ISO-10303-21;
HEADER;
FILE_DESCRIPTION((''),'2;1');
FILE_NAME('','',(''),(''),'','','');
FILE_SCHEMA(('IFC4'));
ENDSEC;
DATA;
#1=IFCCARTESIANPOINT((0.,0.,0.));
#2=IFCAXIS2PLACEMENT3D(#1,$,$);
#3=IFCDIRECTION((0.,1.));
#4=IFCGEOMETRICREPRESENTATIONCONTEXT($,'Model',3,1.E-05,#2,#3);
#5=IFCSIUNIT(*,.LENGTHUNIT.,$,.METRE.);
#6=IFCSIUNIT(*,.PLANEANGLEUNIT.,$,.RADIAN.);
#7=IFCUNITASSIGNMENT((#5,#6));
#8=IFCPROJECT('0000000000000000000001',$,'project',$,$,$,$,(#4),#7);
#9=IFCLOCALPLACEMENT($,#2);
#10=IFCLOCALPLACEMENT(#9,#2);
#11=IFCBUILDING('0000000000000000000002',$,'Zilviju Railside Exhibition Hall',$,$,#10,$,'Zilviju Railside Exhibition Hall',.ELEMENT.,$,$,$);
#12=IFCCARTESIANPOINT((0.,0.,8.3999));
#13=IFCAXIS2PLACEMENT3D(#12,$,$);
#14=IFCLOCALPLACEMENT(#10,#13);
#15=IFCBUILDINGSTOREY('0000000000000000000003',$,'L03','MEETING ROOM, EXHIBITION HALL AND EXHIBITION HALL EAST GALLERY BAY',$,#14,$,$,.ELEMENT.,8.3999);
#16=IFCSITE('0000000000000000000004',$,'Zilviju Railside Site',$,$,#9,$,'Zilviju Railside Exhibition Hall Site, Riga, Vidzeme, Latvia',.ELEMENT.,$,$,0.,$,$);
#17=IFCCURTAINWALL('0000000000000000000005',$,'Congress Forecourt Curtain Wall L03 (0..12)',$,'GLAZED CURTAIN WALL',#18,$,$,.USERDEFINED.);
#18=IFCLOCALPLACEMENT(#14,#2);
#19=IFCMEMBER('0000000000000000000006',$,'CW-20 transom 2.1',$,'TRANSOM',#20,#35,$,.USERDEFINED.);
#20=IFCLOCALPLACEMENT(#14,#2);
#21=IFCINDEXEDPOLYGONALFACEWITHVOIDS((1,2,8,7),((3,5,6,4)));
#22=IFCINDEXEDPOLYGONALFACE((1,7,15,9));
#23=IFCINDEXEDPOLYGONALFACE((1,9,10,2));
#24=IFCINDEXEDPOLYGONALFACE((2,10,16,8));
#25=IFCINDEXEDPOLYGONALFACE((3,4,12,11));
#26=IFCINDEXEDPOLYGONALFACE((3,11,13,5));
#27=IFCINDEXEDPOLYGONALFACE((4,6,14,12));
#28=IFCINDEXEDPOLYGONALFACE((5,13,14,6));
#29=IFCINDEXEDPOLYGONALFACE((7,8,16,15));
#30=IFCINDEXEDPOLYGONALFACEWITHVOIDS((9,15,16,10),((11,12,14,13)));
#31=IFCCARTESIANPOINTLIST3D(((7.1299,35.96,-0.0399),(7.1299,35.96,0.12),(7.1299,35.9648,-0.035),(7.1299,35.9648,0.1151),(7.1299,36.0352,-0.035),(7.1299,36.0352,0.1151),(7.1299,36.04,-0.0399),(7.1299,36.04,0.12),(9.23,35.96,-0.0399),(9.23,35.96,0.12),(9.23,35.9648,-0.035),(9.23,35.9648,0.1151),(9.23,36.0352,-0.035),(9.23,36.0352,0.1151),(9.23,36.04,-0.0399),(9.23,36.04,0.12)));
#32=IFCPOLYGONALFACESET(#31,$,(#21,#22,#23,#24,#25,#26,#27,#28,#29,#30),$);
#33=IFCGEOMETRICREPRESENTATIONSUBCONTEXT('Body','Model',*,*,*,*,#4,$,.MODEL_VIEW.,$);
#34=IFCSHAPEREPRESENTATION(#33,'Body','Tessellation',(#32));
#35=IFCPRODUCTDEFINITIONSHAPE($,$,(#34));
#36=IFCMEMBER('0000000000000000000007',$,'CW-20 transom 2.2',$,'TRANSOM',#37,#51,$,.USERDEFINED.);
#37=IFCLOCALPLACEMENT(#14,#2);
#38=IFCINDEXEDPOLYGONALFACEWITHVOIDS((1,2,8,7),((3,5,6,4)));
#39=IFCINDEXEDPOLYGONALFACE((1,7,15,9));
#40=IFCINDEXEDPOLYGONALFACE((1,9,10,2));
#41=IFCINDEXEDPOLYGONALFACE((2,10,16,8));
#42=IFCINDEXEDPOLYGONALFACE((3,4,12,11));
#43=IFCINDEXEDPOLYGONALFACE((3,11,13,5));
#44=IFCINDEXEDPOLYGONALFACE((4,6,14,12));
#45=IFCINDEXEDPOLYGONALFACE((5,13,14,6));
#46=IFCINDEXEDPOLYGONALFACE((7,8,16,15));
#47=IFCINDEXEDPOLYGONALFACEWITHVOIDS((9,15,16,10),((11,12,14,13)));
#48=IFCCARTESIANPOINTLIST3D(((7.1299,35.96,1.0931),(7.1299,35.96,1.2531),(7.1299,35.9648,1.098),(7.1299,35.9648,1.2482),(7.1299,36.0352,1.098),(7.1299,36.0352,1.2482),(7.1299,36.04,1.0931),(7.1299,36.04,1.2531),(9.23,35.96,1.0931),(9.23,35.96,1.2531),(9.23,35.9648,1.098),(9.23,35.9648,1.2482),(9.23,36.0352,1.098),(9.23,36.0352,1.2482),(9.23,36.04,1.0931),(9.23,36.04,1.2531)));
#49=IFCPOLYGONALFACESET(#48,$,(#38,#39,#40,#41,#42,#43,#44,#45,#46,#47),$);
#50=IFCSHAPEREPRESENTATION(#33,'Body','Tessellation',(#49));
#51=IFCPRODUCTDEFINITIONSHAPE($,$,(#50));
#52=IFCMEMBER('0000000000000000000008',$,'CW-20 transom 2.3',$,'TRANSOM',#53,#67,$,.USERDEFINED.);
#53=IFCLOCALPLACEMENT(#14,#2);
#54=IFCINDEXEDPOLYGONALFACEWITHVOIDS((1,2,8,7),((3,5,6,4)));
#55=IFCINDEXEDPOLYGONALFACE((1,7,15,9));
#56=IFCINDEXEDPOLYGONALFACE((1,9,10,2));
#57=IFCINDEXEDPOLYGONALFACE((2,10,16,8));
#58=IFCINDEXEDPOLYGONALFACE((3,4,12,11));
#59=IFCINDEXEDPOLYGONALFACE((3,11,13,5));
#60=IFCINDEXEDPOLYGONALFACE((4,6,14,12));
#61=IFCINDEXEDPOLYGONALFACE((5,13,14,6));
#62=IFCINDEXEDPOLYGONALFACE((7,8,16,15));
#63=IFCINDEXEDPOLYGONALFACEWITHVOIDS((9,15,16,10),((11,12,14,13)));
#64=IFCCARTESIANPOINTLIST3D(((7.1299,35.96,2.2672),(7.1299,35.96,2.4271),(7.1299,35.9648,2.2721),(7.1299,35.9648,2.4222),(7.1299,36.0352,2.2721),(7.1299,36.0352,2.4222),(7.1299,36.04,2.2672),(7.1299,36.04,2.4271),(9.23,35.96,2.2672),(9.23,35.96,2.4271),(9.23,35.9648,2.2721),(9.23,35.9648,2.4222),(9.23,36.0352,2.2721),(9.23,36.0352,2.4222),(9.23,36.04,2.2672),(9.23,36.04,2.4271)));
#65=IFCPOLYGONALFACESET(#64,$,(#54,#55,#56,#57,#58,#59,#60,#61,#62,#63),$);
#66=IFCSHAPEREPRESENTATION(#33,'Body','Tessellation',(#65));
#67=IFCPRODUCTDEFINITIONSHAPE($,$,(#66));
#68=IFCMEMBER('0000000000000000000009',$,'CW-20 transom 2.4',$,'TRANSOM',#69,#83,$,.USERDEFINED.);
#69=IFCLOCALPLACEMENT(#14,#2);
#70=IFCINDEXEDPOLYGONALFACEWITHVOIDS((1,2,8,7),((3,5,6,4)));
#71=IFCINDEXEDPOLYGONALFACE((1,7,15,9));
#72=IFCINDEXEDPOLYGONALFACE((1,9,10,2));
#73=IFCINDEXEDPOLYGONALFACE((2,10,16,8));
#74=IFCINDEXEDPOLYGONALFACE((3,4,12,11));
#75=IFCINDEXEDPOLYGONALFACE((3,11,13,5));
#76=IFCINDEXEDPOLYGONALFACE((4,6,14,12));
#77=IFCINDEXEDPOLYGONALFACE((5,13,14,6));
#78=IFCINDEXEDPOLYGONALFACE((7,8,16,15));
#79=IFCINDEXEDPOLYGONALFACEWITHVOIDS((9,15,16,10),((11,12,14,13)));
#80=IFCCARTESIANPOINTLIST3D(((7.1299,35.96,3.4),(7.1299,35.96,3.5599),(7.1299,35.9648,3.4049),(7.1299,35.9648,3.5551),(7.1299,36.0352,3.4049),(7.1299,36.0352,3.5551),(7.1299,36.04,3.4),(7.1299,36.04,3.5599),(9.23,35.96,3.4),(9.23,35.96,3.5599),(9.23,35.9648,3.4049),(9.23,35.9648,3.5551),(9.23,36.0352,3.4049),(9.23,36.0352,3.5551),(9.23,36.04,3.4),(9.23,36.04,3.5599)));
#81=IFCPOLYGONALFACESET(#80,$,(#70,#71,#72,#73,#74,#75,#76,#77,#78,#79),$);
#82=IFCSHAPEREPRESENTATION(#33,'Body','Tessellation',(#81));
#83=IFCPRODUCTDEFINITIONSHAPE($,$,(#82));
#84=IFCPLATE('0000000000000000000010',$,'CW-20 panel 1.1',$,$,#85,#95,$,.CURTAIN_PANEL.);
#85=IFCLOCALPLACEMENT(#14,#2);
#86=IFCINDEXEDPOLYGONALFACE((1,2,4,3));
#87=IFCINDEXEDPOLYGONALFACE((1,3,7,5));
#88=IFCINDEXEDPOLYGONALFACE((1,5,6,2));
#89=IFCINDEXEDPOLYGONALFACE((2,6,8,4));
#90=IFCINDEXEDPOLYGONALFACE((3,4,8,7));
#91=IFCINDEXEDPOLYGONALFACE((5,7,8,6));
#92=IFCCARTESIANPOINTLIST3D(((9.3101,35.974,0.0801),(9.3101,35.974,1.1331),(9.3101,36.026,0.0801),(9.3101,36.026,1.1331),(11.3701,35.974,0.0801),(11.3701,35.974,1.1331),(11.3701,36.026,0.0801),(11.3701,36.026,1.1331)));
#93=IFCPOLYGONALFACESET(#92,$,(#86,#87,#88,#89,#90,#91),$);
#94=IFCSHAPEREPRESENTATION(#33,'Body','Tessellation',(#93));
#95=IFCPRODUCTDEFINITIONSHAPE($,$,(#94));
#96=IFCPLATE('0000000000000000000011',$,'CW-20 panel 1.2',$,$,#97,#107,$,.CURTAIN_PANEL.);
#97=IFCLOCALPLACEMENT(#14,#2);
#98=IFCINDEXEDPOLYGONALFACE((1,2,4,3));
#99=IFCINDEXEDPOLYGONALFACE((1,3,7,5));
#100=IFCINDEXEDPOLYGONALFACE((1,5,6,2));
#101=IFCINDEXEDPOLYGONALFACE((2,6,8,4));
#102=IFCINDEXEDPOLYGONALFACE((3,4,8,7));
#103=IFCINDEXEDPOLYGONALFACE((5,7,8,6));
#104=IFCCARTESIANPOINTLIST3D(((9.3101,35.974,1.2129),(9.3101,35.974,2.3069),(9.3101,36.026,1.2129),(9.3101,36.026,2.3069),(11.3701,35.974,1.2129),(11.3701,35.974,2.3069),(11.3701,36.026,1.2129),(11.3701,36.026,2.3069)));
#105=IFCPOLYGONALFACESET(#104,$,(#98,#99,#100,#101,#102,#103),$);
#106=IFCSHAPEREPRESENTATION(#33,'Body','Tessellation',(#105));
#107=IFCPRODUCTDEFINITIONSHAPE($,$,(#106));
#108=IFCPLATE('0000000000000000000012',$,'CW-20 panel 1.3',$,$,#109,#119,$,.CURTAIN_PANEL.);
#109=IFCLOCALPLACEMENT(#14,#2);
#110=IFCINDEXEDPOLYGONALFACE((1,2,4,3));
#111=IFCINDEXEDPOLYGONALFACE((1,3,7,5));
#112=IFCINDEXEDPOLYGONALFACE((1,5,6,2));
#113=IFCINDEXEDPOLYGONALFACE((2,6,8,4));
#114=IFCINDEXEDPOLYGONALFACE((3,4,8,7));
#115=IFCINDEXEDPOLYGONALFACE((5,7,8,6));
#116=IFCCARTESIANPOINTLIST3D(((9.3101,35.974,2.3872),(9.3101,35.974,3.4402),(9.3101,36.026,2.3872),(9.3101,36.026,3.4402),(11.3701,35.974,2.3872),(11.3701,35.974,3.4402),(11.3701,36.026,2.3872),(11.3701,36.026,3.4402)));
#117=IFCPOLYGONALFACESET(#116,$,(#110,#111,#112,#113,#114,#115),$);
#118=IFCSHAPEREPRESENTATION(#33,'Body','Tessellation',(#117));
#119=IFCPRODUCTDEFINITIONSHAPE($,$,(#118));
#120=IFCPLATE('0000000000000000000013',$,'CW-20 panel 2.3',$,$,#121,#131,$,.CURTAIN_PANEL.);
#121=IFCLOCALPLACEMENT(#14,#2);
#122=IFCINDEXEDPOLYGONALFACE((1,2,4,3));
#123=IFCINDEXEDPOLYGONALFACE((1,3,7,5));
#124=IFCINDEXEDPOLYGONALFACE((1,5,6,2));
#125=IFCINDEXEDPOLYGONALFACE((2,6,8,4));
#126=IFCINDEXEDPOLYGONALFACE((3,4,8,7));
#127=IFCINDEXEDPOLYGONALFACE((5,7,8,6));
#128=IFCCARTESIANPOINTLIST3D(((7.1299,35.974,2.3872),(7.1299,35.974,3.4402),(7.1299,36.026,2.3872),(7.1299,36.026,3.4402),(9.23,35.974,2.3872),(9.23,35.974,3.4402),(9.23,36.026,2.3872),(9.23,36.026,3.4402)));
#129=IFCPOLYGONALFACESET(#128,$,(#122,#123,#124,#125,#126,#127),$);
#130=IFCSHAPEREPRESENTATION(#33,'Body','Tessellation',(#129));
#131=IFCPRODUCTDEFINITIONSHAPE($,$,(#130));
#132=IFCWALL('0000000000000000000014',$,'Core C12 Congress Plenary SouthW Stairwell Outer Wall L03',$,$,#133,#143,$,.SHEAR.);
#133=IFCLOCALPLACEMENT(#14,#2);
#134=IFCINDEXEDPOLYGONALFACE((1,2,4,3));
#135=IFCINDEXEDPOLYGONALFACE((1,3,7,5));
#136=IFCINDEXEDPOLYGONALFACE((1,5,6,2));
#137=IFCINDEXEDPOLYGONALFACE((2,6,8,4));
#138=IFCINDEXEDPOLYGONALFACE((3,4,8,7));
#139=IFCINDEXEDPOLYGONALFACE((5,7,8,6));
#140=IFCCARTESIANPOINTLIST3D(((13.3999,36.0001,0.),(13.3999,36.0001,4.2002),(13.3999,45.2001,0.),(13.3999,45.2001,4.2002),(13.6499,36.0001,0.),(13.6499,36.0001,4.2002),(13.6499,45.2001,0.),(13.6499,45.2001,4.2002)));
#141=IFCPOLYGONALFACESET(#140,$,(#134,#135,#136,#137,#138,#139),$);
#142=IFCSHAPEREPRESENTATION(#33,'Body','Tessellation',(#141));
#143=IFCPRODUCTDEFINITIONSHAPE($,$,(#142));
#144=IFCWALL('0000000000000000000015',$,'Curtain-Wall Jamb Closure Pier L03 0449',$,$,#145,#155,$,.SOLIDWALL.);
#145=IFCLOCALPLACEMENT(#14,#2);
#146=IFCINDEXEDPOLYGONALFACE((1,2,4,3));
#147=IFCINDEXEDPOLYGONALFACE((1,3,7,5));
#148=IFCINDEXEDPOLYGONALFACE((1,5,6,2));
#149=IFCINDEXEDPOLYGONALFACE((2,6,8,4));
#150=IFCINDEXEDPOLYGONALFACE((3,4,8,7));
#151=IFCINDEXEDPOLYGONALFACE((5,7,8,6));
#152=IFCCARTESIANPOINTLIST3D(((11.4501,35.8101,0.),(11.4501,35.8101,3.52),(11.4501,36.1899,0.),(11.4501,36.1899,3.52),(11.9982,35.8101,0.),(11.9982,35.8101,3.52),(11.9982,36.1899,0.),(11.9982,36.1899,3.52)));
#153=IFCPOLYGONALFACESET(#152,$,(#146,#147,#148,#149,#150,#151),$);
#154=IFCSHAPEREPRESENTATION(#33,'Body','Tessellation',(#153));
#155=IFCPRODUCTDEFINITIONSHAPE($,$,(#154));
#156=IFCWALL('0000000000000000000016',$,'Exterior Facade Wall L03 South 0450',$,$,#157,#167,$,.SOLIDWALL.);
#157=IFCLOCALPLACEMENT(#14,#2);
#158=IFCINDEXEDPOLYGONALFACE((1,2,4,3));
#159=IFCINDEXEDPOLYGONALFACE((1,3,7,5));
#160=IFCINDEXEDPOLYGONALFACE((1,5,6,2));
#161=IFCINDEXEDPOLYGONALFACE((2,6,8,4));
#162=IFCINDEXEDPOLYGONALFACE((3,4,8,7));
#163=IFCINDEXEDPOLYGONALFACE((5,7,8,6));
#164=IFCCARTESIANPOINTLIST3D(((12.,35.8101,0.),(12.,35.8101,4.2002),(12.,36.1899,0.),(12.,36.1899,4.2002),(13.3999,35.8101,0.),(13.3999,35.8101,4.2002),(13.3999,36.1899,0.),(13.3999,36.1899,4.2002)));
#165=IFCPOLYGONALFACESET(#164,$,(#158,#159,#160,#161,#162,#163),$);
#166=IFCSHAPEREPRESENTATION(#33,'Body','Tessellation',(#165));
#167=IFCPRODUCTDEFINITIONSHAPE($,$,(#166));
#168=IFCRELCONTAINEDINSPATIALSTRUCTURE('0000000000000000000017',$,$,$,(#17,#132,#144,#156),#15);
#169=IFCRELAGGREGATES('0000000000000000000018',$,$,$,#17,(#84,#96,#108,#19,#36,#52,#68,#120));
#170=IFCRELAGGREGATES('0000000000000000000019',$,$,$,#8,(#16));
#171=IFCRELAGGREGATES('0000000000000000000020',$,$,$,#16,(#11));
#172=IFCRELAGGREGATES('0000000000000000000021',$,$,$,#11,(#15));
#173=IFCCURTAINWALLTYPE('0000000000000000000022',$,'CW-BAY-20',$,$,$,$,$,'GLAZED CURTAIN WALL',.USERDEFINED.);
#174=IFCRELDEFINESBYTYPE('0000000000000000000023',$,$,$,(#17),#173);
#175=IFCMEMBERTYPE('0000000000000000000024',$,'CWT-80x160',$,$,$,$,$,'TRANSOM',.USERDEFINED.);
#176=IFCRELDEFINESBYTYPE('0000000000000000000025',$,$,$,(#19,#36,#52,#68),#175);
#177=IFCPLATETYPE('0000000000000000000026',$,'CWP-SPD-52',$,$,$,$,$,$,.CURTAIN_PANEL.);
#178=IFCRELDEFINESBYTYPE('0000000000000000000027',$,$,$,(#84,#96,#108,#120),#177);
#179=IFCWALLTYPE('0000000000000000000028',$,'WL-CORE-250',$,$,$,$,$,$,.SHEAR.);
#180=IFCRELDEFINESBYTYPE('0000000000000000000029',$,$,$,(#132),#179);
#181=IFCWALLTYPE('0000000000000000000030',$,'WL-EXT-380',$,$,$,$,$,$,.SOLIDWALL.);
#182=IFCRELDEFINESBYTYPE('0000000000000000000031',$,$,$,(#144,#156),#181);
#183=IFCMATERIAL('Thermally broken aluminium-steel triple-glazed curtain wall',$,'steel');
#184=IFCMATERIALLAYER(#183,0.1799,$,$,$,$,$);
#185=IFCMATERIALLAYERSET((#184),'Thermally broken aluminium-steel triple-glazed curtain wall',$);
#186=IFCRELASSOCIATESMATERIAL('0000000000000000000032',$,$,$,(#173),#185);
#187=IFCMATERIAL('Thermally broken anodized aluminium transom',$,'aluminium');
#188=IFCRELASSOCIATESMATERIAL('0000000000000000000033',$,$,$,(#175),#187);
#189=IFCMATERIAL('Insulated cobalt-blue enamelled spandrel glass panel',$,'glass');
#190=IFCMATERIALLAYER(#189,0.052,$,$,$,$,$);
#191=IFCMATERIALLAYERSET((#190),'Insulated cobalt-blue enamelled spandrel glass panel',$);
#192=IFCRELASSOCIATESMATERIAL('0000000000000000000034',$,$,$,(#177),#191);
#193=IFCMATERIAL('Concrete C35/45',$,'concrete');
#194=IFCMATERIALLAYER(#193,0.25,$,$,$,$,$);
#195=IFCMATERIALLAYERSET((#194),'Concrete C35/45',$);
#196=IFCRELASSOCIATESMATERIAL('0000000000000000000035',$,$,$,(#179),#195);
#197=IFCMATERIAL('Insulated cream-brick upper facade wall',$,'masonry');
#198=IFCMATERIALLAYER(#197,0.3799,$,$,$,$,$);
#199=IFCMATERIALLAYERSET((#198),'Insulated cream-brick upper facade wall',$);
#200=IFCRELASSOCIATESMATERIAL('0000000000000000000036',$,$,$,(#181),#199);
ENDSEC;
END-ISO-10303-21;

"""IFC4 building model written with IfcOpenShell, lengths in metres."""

from ifc_helpers import new_model, si_unit, direction, frame, frame_2d, origin, origin_2d, place, context, subcontext, project, spatial, rectangle, hollow_rectangle, extrude, material, layer, layer_set, material_profile, profile_set, type_object, element, aggregate, save


model = new_model("IFC4")

# Units and contexts
model_context = context("Model", 3, precision=1e-05, world=origin(), true_north=direction((0.0, 1.0)))
body_context = subcontext(model_context, "Body", "Model", "MODEL_VIEW")
ifc_project = project(units=[si_unit("LENGTHUNIT", "METRE"), si_unit("PLANEANGLEUNIT", "RADIAN")], contexts=[model_context])

# Site, building, storey
site_placement = place(None, origin())
site = spatial("IfcSite", under=ifc_project, at=site_placement, Name="Zilviju Railside Site", LongName="Zilviju Railside Exhibition Hall Site, Riga, Vidzeme, Latvia", CompositionType="ELEMENT", RefElevation=0.0)
building_placement = place(site_placement, origin())
building = spatial("IfcBuilding", under=site, at=building_placement, Name="Zilviju Railside Exhibition Hall", LongName="Zilviju Railside Exhibition Hall", CompositionType="ELEMENT")
storey_placement = place(building_placement, frame((0.0, 0.0, 8.3999)))
storey = spatial("IfcBuildingStorey", under=building, at=storey_placement, Name="L03", Description="MEETING ROOM, EXHIBITION HALL AND EXHIBITION HALL EAST GALLERY BAY", CompositionType="ELEMENT", Elevation=8.3999)

# Curtain wall, members, plates
ifc_material_1 = material(Name="Thermally broken aluminium-steel triple-glazed curtain wall", Category="steel")
ifc_layer_1 = layer(ifc_material_1, 0.1799)
ifc_layer_set_1 = layer_set([ifc_layer_1], Name="Thermally broken aluminium-steel triple-glazed curtain wall")
curtain_wall_type = type_object("IfcCurtainWallType", Name="CW-BAY-20", ElementType="GLAZED CURTAIN WALL", PredefinedType="USERDEFINED", material=ifc_layer_set_1)
curtain_wall_placement = place(storey_placement, origin())
curtain_wall = element("IfcCurtainWall", 1, at=curtain_wall_placement, inside=storey, type_object=curtain_wall_type, Name="Congress Forecourt Curtain Wall L03 (0..12)", ObjectType="GLAZED CURTAIN WALL", PredefinedType="USERDEFINED")
ifc_material_2 = material(Name="Thermally broken anodized aluminium transom", Category="aluminium")
ifc_material_profile_1 = material_profile(ifc_material_2, hollow_rectangle(XDim=0.0801, YDim=0.1599, WallThickness=0.0049, at=origin_2d()), Name="TRANSOM 160x80x5")
ifc_profile_set_1 = profile_set([ifc_material_profile_1], Name="Thermally broken anodized aluminium transom")
member_type_1 = type_object("IfcMemberType", Name="CWT-80x160", ElementType="TRANSOM", PredefinedType="USERDEFINED", material=ifc_profile_set_1)
member_1_placement = place(storey_placement, frame((9.23, 36.0, 0.04), z_axis=(-1.0, 0.0, 0.0), x_axis=(0.0, -1.0, 0.0)))
member_1 = element("IfcMember", 2, at=member_1_placement, type_object=member_type_1, Name="CW-20 transom 2.1", ObjectType="TRANSOM", PredefinedType="USERDEFINED", context=body_context, shape_type="SweptSolid", body=[
    extrude(hollow_rectangle(XDim=0.0801, YDim=0.1599, WallThickness=0.0049, at=origin_2d()), origin(), (0.0, 0.0, 1.0), 2.1001),
])
member_2_placement = place(storey_placement, frame((9.23, 36.0, 1.1731), z_axis=(-1.0, 0.0, 0.0), x_axis=(0.0, -1.0, 0.0)))
member_2 = element("IfcMember", 3, at=member_2_placement, type_object=member_type_1, Name="CW-20 transom 2.2", ObjectType="TRANSOM", PredefinedType="USERDEFINED", context=body_context, shape_type="SweptSolid", body=[
    extrude(hollow_rectangle(XDim=0.0801, YDim=0.1599, WallThickness=0.0049, at=origin_2d()), origin(), (0.0, 0.0, 1.0), 2.1001),
])
member_3_placement = place(storey_placement, frame((9.23, 36.0, 2.3472), z_axis=(-1.0, 0.0, 0.0), x_axis=(0.0, -1.0, 0.0)))
member_3 = element("IfcMember", 4, at=member_3_placement, type_object=member_type_1, Name="CW-20 transom 2.3", ObjectType="TRANSOM", PredefinedType="USERDEFINED", context=body_context, shape_type="SweptSolid", body=[
    extrude(hollow_rectangle(XDim=0.0801, YDim=0.1599, WallThickness=0.0049, at=origin_2d()), origin(), (0.0, 0.0, 1.0), 2.1001),
])
member_4_placement = place(storey_placement, frame((9.23, 36.0, 3.48), z_axis=(-1.0, 0.0, 0.0), x_axis=(0.0, -1.0, 0.0)))
member_4 = element("IfcMember", 5, at=member_4_placement, type_object=member_type_1, Name="CW-20 transom 2.4", ObjectType="TRANSOM", PredefinedType="USERDEFINED", context=body_context, shape_type="SweptSolid", body=[
    extrude(hollow_rectangle(XDim=0.0801, YDim=0.1599, WallThickness=0.0049, at=origin_2d()), origin(), (0.0, 0.0, 1.0), 2.1001),
])
ifc_material_3 = material(Name="Insulated cobalt-blue enamelled spandrel glass panel", Category="glass")
ifc_layer_2 = layer(ifc_material_3, 0.052)
ifc_layer_set_2 = layer_set([ifc_layer_2], Name="Insulated cobalt-blue enamelled spandrel glass panel")
plate_type = type_object("IfcPlateType", Name="CWP-SPD-52", PredefinedType="CURTAIN_PANEL", material=ifc_layer_set_2)
plate_1_placement = place(storey_placement, frame((10.3401, 36.0, 0.0801), z_axis=(0.0, 0.0, 1.0), x_axis=(-1.0, 0.0, 0.0)))
plate_1 = element("IfcPlate", 6, at=plate_1_placement, type_object=plate_type, Name="CW-20 panel 1.1", PredefinedType="CURTAIN_PANEL", context=body_context, shape_type="SweptSolid", body=[
    extrude(rectangle(XDim=2.0601, YDim=0.052, at=origin_2d()), origin(), (0.0, 0.0, 1.0), 1.053),
])
plate_2_placement = place(storey_placement, frame((10.3401, 36.0, 1.2129), z_axis=(0.0, 0.0, 1.0), x_axis=(-1.0, 0.0, 0.0)))
plate_2 = element("IfcPlate", 7, at=plate_2_placement, type_object=plate_type, Name="CW-20 panel 1.2", PredefinedType="CURTAIN_PANEL", context=body_context, shape_type="SweptSolid", body=[
    extrude(rectangle(XDim=2.0601, YDim=0.052, at=origin_2d()), origin(), (0.0, 0.0, 1.0), 1.094),
])
plate_3_placement = place(storey_placement, frame((10.3401, 36.0, 2.3872), z_axis=(0.0, 0.0, 1.0), x_axis=(-1.0, 0.0, 0.0)))
plate_3 = element("IfcPlate", 8, at=plate_3_placement, type_object=plate_type, Name="CW-20 panel 1.3", PredefinedType="CURTAIN_PANEL", context=body_context, shape_type="SweptSolid", body=[
    extrude(rectangle(XDim=2.0601, YDim=0.052, at=origin_2d()), origin(), (0.0, 0.0, 1.0), 1.053),
])
plate_4_placement = place(storey_placement, frame((8.1799, 36.0, 2.3872), z_axis=(0.0, 0.0, 1.0), x_axis=(-1.0, 0.0, 0.0)))
plate_4 = element("IfcPlate", 9, at=plate_4_placement, type_object=plate_type, Name="CW-20 panel 2.3", PredefinedType="CURTAIN_PANEL", context=body_context, shape_type="SweptSolid", body=[
    extrude(rectangle(XDim=2.1001, YDim=0.052, at=origin_2d()), origin(), (0.0, 0.0, 1.0), 1.053),
])
aggregate(curtain_wall, [plate_1, plate_2, plate_3, member_1, member_2, member_3, member_4, plate_4])

# Wall
ifc_material_4 = material(Name="Concrete C35/45", Category="concrete")
ifc_layer_3 = layer(ifc_material_4, 0.25)
ifc_layer_set_3 = layer_set([ifc_layer_3], Name="Concrete C35/45")
wall_type_1 = type_object("IfcWallType", Name="WL-CORE-250", PredefinedType="SHEAR", material=ifc_layer_set_3)
wall_1_placement = place(storey_placement, frame((13.5249, 36.0, 0.0), z_axis=(0.0, 0.0, 1.0), x_axis=(0.0, 1.0, 0.0)))
element("IfcWall", 10, at=wall_1_placement, inside=storey, type_object=wall_type_1, Name="Core C12 Congress Plenary SouthW Stairwell Outer Wall L03", PredefinedType="SHEAR", context=body_context, shape_type="SweptSolid", body=[
    extrude(rectangle(XDim=9.2, YDim=0.25, at=frame_2d((4.6001, 0.0))), origin(), (0.0, 0.0, 1.0), 4.2002),
])

# Walls
ifc_material_5 = material(Name="Insulated cream-brick upper facade wall", Category="masonry")
ifc_layer_4 = layer(ifc_material_5, 0.3799)
ifc_layer_set_4 = layer_set([ifc_layer_4], Name="Insulated cream-brick upper facade wall")
wall_type_2 = type_object("IfcWallType", Name="WL-EXT-380", PredefinedType="SOLIDWALL", material=ifc_layer_set_4)
wall_2_placement = place(storey_placement, frame((11.998, 36.0, 0.0), z_axis=(0.0, 0.0, 1.0), x_axis=(-1.0, 0.0, 0.0)))
element("IfcWall", 11, at=wall_2_placement, inside=storey, type_object=wall_type_2, Name="Curtain-Wall Jamb Closure Pier L03 0449", PredefinedType="SOLIDWALL", context=body_context, shape_type="SweptSolid", body=[
    extrude(rectangle(XDim=0.5481, YDim=0.3799, at=frame_2d((0.2739, 0.0))), origin(), (0.0, 0.0, 1.0), 3.52),
])
wall_3_placement = place(storey_placement, frame((13.3999, 36.0, 0.0), z_axis=(0.0, 0.0, 1.0), x_axis=(-1.0, 0.0, 0.0)))
element("IfcWall", 12, at=wall_3_placement, inside=storey, type_object=wall_type_2, Name="Exterior Facade Wall L03 South 0450", PredefinedType="SOLIDWALL", context=body_context, shape_type="SweptSolid", body=[
    extrude(rectangle(XDim=1.3999, YDim=0.3799, at=frame_2d((0.7, 0.0))), origin(), (0.0, 0.0, 1.0), 4.2002),
])

save(model, "model.ifc")
